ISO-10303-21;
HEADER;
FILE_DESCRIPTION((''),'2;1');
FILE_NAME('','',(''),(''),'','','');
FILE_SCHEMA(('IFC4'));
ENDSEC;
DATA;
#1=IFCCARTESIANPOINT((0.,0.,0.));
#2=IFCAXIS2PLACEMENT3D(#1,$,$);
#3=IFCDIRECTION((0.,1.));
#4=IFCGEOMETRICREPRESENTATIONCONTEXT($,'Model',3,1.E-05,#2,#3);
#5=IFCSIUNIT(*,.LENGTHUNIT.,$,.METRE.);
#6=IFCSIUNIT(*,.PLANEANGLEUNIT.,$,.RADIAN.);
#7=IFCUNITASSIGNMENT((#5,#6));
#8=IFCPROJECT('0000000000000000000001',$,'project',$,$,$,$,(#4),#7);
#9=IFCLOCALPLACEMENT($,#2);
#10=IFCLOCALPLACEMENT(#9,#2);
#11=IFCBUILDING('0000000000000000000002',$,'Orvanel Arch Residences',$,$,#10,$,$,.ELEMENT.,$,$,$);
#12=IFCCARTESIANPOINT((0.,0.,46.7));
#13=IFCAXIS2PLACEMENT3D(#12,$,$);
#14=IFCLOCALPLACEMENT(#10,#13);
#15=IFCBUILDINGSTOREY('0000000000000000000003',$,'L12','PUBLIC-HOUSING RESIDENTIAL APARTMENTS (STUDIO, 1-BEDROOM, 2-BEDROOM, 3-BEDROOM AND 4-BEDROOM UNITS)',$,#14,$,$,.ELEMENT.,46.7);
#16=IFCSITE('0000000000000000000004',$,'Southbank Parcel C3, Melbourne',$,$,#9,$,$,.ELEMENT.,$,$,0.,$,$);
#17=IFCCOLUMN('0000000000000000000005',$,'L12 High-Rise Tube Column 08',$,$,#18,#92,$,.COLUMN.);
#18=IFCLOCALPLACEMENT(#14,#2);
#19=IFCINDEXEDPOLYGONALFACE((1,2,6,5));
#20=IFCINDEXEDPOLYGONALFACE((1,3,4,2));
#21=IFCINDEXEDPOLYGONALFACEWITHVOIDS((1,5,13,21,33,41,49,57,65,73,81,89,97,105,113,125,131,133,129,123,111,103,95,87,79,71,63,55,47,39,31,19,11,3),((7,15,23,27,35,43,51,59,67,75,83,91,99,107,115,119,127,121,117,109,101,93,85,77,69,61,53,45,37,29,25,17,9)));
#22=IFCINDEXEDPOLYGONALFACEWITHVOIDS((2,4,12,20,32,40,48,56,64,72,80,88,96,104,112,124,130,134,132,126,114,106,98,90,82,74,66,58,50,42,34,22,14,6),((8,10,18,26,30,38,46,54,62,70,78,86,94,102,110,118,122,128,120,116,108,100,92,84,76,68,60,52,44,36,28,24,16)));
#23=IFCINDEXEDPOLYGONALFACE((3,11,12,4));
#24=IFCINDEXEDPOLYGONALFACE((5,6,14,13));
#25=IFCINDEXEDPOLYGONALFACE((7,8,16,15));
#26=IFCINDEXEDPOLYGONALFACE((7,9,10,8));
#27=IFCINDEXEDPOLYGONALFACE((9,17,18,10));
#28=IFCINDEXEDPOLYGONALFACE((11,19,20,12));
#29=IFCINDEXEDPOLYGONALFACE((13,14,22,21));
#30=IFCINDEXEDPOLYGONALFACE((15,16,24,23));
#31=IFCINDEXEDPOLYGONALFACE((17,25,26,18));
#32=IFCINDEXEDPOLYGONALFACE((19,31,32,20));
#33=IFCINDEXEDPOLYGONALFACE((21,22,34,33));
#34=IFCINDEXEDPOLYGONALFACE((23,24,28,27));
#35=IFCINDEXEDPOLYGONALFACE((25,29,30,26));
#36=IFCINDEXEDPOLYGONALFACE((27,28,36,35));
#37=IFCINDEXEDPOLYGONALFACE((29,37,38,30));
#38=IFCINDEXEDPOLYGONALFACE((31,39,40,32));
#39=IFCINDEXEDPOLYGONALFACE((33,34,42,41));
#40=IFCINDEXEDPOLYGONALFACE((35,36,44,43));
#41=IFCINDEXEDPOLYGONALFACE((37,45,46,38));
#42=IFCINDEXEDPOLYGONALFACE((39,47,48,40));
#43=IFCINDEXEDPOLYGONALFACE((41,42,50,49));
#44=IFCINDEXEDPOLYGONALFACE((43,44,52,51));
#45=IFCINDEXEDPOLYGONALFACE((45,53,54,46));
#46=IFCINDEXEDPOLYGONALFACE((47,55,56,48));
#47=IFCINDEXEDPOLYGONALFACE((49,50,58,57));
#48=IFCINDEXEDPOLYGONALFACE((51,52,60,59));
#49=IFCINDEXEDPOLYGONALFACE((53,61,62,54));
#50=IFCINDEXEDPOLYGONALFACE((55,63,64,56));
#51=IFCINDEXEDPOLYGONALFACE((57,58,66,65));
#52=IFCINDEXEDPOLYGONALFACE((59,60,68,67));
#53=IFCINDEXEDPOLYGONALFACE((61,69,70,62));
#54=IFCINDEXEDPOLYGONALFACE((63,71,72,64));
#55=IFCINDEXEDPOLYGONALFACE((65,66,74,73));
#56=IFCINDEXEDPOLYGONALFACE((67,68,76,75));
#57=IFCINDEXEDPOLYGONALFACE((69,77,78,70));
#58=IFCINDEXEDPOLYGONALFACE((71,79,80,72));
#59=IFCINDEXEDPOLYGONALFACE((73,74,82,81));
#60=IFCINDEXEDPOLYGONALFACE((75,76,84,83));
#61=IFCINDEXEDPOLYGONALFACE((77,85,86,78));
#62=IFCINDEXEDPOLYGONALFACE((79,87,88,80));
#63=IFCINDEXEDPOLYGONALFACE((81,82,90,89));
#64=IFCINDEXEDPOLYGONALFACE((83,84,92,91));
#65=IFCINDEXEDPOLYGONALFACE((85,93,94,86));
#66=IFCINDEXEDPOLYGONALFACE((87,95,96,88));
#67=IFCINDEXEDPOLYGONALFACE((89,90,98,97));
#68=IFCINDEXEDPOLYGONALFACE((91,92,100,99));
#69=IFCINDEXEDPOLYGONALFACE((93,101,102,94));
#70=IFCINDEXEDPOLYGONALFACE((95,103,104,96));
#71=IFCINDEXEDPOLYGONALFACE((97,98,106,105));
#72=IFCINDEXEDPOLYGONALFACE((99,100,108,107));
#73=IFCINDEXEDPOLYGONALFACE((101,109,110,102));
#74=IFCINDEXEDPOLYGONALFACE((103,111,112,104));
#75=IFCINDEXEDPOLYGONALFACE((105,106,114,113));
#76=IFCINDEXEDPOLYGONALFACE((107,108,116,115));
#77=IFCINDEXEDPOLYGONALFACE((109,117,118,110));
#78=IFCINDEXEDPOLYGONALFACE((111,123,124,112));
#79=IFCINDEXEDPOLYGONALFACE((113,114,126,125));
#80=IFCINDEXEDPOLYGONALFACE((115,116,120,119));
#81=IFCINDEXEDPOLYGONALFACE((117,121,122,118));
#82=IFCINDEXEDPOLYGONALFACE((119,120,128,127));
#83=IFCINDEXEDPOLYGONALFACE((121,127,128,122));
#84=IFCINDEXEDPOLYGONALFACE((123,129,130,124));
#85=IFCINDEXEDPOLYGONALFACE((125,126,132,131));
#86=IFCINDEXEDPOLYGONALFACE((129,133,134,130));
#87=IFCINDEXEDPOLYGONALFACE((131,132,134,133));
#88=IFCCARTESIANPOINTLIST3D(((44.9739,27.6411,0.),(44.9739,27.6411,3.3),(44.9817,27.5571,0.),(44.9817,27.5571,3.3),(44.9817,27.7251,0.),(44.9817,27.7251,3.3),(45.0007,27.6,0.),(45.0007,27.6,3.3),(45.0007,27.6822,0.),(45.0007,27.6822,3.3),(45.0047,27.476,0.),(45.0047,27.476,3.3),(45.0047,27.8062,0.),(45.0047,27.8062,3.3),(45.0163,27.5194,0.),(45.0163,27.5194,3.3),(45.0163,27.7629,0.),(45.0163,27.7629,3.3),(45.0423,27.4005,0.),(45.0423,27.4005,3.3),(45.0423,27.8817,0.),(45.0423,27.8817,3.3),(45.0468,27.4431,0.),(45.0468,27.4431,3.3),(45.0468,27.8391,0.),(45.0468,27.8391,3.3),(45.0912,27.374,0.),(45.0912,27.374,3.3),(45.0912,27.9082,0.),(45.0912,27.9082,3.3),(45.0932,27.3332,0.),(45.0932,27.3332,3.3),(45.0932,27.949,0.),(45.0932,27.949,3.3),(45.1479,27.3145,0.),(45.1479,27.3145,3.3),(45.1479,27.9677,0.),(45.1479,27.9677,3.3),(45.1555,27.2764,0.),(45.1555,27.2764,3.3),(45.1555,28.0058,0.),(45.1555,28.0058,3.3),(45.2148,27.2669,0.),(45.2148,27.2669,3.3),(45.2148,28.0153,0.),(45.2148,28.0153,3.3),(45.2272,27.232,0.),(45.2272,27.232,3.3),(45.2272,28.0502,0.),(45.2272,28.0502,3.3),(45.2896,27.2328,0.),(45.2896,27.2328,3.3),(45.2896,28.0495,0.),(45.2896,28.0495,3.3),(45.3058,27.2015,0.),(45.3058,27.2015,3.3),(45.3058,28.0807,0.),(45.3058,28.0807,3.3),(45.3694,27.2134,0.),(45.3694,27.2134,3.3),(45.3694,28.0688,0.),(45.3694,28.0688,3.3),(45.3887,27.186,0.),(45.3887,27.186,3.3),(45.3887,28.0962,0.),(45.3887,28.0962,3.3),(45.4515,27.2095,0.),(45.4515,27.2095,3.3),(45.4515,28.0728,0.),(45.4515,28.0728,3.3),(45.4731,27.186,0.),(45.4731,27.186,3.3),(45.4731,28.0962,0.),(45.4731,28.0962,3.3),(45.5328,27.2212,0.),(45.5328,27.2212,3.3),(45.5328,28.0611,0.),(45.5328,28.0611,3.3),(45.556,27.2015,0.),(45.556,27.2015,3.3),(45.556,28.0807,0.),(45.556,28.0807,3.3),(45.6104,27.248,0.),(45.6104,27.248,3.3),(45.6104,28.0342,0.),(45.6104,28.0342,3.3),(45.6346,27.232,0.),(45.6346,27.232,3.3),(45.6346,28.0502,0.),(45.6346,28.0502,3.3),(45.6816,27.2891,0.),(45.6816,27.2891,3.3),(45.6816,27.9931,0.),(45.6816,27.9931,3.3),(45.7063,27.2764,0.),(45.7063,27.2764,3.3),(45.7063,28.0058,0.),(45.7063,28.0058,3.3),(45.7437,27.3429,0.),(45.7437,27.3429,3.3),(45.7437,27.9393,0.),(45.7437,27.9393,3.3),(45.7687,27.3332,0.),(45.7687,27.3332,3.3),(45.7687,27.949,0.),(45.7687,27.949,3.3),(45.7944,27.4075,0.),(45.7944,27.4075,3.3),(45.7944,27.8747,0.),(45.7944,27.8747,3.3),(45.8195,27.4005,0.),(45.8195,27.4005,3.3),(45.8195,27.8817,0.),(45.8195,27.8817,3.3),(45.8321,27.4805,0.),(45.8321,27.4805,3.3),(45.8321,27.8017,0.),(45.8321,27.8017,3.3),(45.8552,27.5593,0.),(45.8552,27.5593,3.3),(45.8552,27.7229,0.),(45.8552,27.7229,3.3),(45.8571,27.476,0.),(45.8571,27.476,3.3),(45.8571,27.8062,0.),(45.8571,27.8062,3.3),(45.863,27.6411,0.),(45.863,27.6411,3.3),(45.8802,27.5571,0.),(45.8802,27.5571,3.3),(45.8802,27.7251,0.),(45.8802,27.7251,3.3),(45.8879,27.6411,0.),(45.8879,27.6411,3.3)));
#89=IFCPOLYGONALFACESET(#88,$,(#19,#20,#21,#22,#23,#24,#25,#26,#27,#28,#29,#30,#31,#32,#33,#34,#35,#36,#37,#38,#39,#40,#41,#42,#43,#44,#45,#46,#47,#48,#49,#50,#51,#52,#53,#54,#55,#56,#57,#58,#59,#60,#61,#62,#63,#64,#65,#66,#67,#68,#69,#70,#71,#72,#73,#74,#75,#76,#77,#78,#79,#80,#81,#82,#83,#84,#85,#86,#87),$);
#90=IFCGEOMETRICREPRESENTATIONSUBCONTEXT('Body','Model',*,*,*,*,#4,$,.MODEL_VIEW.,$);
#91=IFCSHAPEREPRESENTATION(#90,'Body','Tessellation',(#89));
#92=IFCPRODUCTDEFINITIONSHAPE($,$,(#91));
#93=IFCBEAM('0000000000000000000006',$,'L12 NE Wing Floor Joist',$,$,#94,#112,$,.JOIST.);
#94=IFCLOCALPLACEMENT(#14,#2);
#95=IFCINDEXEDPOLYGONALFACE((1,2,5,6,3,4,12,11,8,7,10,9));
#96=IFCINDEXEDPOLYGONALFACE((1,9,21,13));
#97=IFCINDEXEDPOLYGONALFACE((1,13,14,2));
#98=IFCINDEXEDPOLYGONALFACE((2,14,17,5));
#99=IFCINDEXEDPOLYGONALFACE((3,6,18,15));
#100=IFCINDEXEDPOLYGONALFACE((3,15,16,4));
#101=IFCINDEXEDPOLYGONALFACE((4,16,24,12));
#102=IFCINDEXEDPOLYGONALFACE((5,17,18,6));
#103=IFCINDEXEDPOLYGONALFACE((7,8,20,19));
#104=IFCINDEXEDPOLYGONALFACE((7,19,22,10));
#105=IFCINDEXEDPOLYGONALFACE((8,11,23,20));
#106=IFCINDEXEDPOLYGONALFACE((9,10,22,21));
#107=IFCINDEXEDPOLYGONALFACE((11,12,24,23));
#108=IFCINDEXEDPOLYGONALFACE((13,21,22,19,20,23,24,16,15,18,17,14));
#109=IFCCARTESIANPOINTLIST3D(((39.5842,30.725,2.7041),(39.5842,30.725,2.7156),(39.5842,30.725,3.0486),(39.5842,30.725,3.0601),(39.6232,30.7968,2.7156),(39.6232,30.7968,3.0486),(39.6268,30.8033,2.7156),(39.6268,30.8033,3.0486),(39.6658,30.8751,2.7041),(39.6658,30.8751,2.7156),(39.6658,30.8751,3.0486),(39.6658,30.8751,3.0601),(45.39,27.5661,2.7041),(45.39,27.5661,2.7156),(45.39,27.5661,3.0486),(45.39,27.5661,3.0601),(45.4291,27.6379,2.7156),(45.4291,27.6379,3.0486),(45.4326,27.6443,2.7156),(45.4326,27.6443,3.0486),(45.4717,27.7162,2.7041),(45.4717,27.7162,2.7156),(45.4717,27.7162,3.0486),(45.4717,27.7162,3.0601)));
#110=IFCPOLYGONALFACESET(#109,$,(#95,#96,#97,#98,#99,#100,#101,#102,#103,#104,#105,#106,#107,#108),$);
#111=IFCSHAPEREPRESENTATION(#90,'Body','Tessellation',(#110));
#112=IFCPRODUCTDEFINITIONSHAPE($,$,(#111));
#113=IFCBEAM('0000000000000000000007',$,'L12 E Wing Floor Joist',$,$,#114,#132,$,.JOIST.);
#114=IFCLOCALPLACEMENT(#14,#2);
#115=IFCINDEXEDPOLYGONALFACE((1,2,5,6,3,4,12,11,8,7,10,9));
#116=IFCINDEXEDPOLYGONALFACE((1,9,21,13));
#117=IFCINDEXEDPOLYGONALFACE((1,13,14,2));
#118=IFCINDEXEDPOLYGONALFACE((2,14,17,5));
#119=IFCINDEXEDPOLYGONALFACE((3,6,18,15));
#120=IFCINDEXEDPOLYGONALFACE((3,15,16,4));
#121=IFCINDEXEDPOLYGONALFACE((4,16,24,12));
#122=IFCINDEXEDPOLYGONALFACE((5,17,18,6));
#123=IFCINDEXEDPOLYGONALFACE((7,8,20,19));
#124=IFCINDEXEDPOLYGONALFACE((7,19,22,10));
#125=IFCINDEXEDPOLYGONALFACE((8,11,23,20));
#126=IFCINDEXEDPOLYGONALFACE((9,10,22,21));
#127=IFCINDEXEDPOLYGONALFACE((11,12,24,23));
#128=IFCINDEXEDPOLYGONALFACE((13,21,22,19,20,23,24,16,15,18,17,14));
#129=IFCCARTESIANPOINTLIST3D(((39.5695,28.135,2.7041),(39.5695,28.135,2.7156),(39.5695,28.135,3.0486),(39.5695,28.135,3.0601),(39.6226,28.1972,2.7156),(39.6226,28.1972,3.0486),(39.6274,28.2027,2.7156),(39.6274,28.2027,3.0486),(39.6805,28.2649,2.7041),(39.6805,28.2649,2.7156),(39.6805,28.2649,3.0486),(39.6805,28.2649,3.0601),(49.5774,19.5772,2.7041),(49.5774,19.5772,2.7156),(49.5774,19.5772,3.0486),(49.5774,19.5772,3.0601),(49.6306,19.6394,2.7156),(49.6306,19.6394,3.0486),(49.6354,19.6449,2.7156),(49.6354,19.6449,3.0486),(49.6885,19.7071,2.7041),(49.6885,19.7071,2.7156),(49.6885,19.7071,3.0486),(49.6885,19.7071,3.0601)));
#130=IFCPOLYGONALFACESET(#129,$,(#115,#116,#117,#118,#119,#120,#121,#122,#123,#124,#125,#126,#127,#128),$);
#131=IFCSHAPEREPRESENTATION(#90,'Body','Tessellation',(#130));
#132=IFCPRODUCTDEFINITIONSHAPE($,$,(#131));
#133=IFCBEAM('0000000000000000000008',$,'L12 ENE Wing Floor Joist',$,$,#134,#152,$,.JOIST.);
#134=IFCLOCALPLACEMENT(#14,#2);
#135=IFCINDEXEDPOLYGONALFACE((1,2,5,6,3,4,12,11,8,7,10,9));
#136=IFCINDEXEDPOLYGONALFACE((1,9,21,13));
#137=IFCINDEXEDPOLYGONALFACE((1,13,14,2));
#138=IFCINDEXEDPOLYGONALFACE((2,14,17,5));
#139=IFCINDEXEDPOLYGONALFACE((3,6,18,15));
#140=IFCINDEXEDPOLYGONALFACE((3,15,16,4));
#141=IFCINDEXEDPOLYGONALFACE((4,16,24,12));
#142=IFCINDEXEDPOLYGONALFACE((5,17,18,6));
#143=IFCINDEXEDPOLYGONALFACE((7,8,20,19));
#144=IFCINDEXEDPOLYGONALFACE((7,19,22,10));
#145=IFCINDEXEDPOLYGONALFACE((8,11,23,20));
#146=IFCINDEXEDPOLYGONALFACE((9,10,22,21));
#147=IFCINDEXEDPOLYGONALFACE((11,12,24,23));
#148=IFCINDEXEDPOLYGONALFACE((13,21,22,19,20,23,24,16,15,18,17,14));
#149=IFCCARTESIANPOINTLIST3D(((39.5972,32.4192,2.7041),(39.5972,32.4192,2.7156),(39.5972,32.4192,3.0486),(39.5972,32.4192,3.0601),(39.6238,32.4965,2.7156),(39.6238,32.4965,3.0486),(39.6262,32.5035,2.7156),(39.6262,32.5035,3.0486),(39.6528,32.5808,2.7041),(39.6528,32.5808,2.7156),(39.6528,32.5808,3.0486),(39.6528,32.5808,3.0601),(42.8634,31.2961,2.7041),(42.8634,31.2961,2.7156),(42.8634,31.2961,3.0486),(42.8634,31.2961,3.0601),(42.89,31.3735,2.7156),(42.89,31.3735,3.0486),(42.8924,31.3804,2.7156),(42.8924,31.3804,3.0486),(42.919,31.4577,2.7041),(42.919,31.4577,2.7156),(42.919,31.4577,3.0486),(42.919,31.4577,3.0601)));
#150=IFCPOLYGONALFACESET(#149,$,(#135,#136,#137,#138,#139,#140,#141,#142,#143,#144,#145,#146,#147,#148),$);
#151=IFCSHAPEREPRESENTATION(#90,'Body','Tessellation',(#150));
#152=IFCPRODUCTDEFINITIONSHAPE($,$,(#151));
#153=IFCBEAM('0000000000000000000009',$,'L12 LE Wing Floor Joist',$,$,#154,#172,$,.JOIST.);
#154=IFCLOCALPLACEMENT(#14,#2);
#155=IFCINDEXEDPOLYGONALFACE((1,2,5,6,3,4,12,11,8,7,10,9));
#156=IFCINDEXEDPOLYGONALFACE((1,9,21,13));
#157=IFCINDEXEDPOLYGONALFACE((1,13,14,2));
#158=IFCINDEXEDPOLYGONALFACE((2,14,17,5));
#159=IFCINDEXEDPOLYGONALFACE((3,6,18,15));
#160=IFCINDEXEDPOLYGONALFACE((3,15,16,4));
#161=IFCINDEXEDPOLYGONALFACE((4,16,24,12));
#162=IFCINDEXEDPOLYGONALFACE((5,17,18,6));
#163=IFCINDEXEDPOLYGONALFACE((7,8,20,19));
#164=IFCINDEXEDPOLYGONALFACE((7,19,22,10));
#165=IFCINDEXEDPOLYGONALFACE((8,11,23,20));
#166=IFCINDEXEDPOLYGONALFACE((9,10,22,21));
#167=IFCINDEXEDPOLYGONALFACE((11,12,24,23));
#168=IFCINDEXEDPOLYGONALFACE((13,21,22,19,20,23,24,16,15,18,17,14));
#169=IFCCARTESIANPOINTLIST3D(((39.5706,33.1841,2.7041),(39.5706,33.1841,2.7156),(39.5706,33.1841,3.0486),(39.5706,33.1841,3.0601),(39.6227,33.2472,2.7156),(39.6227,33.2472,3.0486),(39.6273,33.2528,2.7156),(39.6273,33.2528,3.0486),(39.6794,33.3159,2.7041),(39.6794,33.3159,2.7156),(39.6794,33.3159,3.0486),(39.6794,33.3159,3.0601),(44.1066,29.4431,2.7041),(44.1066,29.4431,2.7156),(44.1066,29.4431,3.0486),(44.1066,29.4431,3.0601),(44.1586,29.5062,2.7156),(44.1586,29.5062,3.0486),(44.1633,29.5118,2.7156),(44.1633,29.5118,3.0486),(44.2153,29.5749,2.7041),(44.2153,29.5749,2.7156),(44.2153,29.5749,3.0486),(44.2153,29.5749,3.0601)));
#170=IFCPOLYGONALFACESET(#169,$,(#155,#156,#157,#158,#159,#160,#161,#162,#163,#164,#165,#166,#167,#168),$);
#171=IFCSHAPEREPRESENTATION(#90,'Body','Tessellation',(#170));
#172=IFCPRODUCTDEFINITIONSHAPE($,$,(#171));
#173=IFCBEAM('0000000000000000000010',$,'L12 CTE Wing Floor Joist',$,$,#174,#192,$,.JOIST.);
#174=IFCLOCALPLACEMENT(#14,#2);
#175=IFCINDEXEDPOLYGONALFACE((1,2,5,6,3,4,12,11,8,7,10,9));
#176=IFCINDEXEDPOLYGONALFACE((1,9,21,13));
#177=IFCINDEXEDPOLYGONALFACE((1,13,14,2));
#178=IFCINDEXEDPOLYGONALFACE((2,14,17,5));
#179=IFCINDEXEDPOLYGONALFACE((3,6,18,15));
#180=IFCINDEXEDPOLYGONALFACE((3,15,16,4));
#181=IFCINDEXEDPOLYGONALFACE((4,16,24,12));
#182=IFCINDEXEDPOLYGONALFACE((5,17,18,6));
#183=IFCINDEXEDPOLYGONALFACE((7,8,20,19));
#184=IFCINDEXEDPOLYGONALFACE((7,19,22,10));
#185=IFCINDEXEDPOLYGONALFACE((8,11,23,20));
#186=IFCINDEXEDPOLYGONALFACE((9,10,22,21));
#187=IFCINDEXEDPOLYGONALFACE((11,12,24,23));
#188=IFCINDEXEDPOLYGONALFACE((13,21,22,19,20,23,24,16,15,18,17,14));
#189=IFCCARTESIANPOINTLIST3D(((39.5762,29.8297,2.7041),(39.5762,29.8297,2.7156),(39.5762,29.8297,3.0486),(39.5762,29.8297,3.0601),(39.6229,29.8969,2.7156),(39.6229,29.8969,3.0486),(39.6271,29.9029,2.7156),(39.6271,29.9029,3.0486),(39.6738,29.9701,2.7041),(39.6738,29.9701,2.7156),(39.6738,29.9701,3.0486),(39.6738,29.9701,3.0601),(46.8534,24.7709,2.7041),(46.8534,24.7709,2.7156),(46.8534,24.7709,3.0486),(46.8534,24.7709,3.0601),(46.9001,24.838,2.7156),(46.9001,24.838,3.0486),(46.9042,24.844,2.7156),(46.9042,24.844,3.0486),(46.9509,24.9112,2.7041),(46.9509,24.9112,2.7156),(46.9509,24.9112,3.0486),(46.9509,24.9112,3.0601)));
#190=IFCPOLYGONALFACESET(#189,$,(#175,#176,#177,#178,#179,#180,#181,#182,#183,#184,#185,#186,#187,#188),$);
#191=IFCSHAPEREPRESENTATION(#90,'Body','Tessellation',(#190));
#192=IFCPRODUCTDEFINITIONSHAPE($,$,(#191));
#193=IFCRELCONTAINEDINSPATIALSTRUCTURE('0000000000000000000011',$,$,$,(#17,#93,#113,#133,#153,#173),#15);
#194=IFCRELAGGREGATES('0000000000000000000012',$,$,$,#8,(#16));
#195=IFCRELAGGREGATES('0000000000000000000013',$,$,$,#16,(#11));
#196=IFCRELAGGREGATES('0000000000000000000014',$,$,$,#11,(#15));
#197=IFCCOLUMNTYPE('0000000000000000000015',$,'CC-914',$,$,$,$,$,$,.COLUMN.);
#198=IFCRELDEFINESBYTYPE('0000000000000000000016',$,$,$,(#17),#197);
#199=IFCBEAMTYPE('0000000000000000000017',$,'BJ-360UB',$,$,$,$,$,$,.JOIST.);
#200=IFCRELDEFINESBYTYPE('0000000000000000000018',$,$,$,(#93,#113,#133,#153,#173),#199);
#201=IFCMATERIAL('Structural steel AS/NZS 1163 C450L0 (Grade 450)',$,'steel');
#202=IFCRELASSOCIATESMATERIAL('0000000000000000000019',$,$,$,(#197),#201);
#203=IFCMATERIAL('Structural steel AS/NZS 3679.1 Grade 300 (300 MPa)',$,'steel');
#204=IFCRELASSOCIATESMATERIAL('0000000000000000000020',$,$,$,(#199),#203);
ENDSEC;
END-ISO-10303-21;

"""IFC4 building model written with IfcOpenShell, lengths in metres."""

from ifc_helpers import new_model, si_unit, direction, frame, origin, origin_2d, place, context, subcontext, project, spatial, hollow_circle, i_section, extrude, material, material_profile, profile_set, type_object, element, save


model = new_model("IFC4")

# Units and contexts
model_context = context("Model", 3, precision=1e-05, world=origin(), true_north=direction((0.0, 1.0)))
body_context = subcontext(model_context, "Body", "Model", "MODEL_VIEW")
ifc_project = project(units=[si_unit("LENGTHUNIT", "METRE"), si_unit("PLANEANGLEUNIT", "RADIAN")], contexts=[model_context])

# Site, building, storey
site_placement = place(None, origin())
site = spatial("IfcSite", under=ifc_project, at=site_placement, Name="Southbank Parcel C3, Melbourne", CompositionType="ELEMENT", RefElevation=0.0)
building_placement = place(site_placement, origin())
building = spatial("IfcBuilding", under=site, at=building_placement, Name="Orvanel Arch Residences", CompositionType="ELEMENT")
storey_placement = place(building_placement, frame((0.0, 0.0, 46.7)))
storey = spatial("IfcBuildingStorey", under=building, at=storey_placement, Name="L12", Description="PUBLIC-HOUSING RESIDENTIAL APARTMENTS (STUDIO, 1-BEDROOM, 2-BEDROOM, 3-BEDROOM AND 4-BEDROOM UNITS)", CompositionType="ELEMENT", Elevation=46.7)

# Column
ifc_material_1 = material(Name="Structural steel AS/NZS 1163 C450L0 (Grade 450)", Category="steel")
ifc_material_profile_1 = material_profile(ifc_material_1, hollow_circle(Radius=0.457, WallThickness=0.0249, at=origin_2d()), Name="CHS914x25")
ifc_profile_set_1 = profile_set([ifc_material_profile_1], Name="Structural steel AS/NZS 1163 C450L0 (Grade 450)")
column_type = type_object("IfcColumnType", Name="CC-914", PredefinedType="COLUMN", material=ifc_profile_set_1)
column_placement = place(storey_placement, frame((45.4309, 27.6411, 0.0), z_axis=(0.0, 0.0, 1.0), x_axis=(1.0, 0.0, 0.0)))
element("IfcColumn", 1, at=column_placement, inside=storey, type_object=column_type, Name="L12 High-Rise Tube Column 08", PredefinedType="COLUMN", context=body_context, shape_type="SweptSolid", body=[
    extrude(hollow_circle(Radius=0.457, WallThickness=0.0249, at=origin_2d()), origin(), (0.0, 0.0, 1.0), 3.3),
])

# Beams
ifc_material_2 = material(Name="Structural steel AS/NZS 3679.1 Grade 300 (300 MPa)", Category="steel")
ifc_material_profile_2 = material_profile(ifc_material_2, i_section(OverallWidth=0.1709, OverallDepth=0.356, WebThickness=0.0073, FlangeThickness=0.0115, at=origin_2d()), Name="360UB50.7")
ifc_profile_set_2 = profile_set([ifc_material_profile_2], Name="Structural steel AS/NZS 3679.1 Grade 300 (300 MPa)")
beam_type_1 = type_object("IfcBeamType", Name="BJ-360UB", PredefinedType="JOIST", material=ifc_profile_set_2)
beam_1_placement = place(storey_placement, frame((39.625, 30.8, 2.8821), z_axis=(0.878399, -0.477928, 0.0), x_axis=(0.477928, 0.878399, 0.0)))
element("IfcBeam", 2, at=beam_1_placement, inside=storey, type_object=beam_type_1, Name="L12 NE Wing Floor Joist", PredefinedType="JOIST", context=body_context, shape_type="SweptSolid", body=[
    extrude(i_section(OverallWidth=0.1709, OverallDepth=0.356, WebThickness=0.0073, FlangeThickness=0.0115, at=origin_2d()), origin(), (0.0, 0.0, 1.0), 6.6096),
])
beam_2_placement = place(storey_placement, frame((39.625, 28.2, 2.8821), z_axis=(0.760024, -0.649895, 0.0), x_axis=(0.649895, 0.760024, 0.0)))
element("IfcBeam", 3, at=beam_2_placement, inside=storey, type_object=beam_type_1, Name="L12 E Wing Floor Joist", PredefinedType="JOIST", context=body_context, shape_type="SweptSolid", body=[
    extrude(i_section(OverallWidth=0.1709, OverallDepth=0.356, WebThickness=0.0073, FlangeThickness=0.0115, at=origin_2d()), origin(), (0.0, 0.0, 1.0), 13.168),
])
beam_3_placement = place(storey_placement, frame((39.625, 32.5, 2.8821), z_axis=(0.945658, -0.325163, 0.0), x_axis=(0.325163, 0.945658, 0.0)))
element("IfcBeam", 4, at=beam_3_placement, inside=storey, type_object=beam_type_1, Name="L12 ENE Wing Floor Joist", PredefinedType="JOIST", context=body_context, shape_type="SweptSolid", body=[
    extrude(i_section(OverallWidth=0.1709, OverallDepth=0.356, WebThickness=0.0073, FlangeThickness=0.0115, at=origin_2d()), origin(), (0.0, 0.0, 1.0), 3.4539),
])
beam_4_placement = place(storey_placement, frame((39.625, 33.25, 2.8821), z_axis=(0.771469, -0.636267, 0.0), x_axis=(0.636267, 0.771469, 0.0)))
element("IfcBeam", 5, at=beam_4_placement, inside=storey, type_object=beam_type_1, Name="L12 LE Wing Floor Joist", PredefinedType="JOIST", context=body_context, shape_type="SweptSolid", body=[
    extrude(i_section(OverallWidth=0.1709, OverallDepth=0.356, WebThickness=0.0073, FlangeThickness=0.0115, at=origin_2d()), origin(), (0.0, 0.0, 1.0), 5.8796),
])
beam_5_placement = place(storey_placement, frame((39.625, 29.8999, 2.8821), z_axis=(0.82109, -0.570799, 0.0), x_axis=(0.570799, 0.82109, 0.0)))
element("IfcBeam", 6, at=beam_5_placement, inside=storey, type_object=beam_type_1, Name="L12 CTE Wing Floor Joist", PredefinedType="JOIST", context=body_context, shape_type="SweptSolid", body=[
    extrude(i_section(OverallWidth=0.1709, OverallDepth=0.356, WebThickness=0.0073, FlangeThickness=0.0115, at=origin_2d()), origin(), (0.0, 0.0, 1.0), 8.8628),
])

save(model, "model.ifc")
